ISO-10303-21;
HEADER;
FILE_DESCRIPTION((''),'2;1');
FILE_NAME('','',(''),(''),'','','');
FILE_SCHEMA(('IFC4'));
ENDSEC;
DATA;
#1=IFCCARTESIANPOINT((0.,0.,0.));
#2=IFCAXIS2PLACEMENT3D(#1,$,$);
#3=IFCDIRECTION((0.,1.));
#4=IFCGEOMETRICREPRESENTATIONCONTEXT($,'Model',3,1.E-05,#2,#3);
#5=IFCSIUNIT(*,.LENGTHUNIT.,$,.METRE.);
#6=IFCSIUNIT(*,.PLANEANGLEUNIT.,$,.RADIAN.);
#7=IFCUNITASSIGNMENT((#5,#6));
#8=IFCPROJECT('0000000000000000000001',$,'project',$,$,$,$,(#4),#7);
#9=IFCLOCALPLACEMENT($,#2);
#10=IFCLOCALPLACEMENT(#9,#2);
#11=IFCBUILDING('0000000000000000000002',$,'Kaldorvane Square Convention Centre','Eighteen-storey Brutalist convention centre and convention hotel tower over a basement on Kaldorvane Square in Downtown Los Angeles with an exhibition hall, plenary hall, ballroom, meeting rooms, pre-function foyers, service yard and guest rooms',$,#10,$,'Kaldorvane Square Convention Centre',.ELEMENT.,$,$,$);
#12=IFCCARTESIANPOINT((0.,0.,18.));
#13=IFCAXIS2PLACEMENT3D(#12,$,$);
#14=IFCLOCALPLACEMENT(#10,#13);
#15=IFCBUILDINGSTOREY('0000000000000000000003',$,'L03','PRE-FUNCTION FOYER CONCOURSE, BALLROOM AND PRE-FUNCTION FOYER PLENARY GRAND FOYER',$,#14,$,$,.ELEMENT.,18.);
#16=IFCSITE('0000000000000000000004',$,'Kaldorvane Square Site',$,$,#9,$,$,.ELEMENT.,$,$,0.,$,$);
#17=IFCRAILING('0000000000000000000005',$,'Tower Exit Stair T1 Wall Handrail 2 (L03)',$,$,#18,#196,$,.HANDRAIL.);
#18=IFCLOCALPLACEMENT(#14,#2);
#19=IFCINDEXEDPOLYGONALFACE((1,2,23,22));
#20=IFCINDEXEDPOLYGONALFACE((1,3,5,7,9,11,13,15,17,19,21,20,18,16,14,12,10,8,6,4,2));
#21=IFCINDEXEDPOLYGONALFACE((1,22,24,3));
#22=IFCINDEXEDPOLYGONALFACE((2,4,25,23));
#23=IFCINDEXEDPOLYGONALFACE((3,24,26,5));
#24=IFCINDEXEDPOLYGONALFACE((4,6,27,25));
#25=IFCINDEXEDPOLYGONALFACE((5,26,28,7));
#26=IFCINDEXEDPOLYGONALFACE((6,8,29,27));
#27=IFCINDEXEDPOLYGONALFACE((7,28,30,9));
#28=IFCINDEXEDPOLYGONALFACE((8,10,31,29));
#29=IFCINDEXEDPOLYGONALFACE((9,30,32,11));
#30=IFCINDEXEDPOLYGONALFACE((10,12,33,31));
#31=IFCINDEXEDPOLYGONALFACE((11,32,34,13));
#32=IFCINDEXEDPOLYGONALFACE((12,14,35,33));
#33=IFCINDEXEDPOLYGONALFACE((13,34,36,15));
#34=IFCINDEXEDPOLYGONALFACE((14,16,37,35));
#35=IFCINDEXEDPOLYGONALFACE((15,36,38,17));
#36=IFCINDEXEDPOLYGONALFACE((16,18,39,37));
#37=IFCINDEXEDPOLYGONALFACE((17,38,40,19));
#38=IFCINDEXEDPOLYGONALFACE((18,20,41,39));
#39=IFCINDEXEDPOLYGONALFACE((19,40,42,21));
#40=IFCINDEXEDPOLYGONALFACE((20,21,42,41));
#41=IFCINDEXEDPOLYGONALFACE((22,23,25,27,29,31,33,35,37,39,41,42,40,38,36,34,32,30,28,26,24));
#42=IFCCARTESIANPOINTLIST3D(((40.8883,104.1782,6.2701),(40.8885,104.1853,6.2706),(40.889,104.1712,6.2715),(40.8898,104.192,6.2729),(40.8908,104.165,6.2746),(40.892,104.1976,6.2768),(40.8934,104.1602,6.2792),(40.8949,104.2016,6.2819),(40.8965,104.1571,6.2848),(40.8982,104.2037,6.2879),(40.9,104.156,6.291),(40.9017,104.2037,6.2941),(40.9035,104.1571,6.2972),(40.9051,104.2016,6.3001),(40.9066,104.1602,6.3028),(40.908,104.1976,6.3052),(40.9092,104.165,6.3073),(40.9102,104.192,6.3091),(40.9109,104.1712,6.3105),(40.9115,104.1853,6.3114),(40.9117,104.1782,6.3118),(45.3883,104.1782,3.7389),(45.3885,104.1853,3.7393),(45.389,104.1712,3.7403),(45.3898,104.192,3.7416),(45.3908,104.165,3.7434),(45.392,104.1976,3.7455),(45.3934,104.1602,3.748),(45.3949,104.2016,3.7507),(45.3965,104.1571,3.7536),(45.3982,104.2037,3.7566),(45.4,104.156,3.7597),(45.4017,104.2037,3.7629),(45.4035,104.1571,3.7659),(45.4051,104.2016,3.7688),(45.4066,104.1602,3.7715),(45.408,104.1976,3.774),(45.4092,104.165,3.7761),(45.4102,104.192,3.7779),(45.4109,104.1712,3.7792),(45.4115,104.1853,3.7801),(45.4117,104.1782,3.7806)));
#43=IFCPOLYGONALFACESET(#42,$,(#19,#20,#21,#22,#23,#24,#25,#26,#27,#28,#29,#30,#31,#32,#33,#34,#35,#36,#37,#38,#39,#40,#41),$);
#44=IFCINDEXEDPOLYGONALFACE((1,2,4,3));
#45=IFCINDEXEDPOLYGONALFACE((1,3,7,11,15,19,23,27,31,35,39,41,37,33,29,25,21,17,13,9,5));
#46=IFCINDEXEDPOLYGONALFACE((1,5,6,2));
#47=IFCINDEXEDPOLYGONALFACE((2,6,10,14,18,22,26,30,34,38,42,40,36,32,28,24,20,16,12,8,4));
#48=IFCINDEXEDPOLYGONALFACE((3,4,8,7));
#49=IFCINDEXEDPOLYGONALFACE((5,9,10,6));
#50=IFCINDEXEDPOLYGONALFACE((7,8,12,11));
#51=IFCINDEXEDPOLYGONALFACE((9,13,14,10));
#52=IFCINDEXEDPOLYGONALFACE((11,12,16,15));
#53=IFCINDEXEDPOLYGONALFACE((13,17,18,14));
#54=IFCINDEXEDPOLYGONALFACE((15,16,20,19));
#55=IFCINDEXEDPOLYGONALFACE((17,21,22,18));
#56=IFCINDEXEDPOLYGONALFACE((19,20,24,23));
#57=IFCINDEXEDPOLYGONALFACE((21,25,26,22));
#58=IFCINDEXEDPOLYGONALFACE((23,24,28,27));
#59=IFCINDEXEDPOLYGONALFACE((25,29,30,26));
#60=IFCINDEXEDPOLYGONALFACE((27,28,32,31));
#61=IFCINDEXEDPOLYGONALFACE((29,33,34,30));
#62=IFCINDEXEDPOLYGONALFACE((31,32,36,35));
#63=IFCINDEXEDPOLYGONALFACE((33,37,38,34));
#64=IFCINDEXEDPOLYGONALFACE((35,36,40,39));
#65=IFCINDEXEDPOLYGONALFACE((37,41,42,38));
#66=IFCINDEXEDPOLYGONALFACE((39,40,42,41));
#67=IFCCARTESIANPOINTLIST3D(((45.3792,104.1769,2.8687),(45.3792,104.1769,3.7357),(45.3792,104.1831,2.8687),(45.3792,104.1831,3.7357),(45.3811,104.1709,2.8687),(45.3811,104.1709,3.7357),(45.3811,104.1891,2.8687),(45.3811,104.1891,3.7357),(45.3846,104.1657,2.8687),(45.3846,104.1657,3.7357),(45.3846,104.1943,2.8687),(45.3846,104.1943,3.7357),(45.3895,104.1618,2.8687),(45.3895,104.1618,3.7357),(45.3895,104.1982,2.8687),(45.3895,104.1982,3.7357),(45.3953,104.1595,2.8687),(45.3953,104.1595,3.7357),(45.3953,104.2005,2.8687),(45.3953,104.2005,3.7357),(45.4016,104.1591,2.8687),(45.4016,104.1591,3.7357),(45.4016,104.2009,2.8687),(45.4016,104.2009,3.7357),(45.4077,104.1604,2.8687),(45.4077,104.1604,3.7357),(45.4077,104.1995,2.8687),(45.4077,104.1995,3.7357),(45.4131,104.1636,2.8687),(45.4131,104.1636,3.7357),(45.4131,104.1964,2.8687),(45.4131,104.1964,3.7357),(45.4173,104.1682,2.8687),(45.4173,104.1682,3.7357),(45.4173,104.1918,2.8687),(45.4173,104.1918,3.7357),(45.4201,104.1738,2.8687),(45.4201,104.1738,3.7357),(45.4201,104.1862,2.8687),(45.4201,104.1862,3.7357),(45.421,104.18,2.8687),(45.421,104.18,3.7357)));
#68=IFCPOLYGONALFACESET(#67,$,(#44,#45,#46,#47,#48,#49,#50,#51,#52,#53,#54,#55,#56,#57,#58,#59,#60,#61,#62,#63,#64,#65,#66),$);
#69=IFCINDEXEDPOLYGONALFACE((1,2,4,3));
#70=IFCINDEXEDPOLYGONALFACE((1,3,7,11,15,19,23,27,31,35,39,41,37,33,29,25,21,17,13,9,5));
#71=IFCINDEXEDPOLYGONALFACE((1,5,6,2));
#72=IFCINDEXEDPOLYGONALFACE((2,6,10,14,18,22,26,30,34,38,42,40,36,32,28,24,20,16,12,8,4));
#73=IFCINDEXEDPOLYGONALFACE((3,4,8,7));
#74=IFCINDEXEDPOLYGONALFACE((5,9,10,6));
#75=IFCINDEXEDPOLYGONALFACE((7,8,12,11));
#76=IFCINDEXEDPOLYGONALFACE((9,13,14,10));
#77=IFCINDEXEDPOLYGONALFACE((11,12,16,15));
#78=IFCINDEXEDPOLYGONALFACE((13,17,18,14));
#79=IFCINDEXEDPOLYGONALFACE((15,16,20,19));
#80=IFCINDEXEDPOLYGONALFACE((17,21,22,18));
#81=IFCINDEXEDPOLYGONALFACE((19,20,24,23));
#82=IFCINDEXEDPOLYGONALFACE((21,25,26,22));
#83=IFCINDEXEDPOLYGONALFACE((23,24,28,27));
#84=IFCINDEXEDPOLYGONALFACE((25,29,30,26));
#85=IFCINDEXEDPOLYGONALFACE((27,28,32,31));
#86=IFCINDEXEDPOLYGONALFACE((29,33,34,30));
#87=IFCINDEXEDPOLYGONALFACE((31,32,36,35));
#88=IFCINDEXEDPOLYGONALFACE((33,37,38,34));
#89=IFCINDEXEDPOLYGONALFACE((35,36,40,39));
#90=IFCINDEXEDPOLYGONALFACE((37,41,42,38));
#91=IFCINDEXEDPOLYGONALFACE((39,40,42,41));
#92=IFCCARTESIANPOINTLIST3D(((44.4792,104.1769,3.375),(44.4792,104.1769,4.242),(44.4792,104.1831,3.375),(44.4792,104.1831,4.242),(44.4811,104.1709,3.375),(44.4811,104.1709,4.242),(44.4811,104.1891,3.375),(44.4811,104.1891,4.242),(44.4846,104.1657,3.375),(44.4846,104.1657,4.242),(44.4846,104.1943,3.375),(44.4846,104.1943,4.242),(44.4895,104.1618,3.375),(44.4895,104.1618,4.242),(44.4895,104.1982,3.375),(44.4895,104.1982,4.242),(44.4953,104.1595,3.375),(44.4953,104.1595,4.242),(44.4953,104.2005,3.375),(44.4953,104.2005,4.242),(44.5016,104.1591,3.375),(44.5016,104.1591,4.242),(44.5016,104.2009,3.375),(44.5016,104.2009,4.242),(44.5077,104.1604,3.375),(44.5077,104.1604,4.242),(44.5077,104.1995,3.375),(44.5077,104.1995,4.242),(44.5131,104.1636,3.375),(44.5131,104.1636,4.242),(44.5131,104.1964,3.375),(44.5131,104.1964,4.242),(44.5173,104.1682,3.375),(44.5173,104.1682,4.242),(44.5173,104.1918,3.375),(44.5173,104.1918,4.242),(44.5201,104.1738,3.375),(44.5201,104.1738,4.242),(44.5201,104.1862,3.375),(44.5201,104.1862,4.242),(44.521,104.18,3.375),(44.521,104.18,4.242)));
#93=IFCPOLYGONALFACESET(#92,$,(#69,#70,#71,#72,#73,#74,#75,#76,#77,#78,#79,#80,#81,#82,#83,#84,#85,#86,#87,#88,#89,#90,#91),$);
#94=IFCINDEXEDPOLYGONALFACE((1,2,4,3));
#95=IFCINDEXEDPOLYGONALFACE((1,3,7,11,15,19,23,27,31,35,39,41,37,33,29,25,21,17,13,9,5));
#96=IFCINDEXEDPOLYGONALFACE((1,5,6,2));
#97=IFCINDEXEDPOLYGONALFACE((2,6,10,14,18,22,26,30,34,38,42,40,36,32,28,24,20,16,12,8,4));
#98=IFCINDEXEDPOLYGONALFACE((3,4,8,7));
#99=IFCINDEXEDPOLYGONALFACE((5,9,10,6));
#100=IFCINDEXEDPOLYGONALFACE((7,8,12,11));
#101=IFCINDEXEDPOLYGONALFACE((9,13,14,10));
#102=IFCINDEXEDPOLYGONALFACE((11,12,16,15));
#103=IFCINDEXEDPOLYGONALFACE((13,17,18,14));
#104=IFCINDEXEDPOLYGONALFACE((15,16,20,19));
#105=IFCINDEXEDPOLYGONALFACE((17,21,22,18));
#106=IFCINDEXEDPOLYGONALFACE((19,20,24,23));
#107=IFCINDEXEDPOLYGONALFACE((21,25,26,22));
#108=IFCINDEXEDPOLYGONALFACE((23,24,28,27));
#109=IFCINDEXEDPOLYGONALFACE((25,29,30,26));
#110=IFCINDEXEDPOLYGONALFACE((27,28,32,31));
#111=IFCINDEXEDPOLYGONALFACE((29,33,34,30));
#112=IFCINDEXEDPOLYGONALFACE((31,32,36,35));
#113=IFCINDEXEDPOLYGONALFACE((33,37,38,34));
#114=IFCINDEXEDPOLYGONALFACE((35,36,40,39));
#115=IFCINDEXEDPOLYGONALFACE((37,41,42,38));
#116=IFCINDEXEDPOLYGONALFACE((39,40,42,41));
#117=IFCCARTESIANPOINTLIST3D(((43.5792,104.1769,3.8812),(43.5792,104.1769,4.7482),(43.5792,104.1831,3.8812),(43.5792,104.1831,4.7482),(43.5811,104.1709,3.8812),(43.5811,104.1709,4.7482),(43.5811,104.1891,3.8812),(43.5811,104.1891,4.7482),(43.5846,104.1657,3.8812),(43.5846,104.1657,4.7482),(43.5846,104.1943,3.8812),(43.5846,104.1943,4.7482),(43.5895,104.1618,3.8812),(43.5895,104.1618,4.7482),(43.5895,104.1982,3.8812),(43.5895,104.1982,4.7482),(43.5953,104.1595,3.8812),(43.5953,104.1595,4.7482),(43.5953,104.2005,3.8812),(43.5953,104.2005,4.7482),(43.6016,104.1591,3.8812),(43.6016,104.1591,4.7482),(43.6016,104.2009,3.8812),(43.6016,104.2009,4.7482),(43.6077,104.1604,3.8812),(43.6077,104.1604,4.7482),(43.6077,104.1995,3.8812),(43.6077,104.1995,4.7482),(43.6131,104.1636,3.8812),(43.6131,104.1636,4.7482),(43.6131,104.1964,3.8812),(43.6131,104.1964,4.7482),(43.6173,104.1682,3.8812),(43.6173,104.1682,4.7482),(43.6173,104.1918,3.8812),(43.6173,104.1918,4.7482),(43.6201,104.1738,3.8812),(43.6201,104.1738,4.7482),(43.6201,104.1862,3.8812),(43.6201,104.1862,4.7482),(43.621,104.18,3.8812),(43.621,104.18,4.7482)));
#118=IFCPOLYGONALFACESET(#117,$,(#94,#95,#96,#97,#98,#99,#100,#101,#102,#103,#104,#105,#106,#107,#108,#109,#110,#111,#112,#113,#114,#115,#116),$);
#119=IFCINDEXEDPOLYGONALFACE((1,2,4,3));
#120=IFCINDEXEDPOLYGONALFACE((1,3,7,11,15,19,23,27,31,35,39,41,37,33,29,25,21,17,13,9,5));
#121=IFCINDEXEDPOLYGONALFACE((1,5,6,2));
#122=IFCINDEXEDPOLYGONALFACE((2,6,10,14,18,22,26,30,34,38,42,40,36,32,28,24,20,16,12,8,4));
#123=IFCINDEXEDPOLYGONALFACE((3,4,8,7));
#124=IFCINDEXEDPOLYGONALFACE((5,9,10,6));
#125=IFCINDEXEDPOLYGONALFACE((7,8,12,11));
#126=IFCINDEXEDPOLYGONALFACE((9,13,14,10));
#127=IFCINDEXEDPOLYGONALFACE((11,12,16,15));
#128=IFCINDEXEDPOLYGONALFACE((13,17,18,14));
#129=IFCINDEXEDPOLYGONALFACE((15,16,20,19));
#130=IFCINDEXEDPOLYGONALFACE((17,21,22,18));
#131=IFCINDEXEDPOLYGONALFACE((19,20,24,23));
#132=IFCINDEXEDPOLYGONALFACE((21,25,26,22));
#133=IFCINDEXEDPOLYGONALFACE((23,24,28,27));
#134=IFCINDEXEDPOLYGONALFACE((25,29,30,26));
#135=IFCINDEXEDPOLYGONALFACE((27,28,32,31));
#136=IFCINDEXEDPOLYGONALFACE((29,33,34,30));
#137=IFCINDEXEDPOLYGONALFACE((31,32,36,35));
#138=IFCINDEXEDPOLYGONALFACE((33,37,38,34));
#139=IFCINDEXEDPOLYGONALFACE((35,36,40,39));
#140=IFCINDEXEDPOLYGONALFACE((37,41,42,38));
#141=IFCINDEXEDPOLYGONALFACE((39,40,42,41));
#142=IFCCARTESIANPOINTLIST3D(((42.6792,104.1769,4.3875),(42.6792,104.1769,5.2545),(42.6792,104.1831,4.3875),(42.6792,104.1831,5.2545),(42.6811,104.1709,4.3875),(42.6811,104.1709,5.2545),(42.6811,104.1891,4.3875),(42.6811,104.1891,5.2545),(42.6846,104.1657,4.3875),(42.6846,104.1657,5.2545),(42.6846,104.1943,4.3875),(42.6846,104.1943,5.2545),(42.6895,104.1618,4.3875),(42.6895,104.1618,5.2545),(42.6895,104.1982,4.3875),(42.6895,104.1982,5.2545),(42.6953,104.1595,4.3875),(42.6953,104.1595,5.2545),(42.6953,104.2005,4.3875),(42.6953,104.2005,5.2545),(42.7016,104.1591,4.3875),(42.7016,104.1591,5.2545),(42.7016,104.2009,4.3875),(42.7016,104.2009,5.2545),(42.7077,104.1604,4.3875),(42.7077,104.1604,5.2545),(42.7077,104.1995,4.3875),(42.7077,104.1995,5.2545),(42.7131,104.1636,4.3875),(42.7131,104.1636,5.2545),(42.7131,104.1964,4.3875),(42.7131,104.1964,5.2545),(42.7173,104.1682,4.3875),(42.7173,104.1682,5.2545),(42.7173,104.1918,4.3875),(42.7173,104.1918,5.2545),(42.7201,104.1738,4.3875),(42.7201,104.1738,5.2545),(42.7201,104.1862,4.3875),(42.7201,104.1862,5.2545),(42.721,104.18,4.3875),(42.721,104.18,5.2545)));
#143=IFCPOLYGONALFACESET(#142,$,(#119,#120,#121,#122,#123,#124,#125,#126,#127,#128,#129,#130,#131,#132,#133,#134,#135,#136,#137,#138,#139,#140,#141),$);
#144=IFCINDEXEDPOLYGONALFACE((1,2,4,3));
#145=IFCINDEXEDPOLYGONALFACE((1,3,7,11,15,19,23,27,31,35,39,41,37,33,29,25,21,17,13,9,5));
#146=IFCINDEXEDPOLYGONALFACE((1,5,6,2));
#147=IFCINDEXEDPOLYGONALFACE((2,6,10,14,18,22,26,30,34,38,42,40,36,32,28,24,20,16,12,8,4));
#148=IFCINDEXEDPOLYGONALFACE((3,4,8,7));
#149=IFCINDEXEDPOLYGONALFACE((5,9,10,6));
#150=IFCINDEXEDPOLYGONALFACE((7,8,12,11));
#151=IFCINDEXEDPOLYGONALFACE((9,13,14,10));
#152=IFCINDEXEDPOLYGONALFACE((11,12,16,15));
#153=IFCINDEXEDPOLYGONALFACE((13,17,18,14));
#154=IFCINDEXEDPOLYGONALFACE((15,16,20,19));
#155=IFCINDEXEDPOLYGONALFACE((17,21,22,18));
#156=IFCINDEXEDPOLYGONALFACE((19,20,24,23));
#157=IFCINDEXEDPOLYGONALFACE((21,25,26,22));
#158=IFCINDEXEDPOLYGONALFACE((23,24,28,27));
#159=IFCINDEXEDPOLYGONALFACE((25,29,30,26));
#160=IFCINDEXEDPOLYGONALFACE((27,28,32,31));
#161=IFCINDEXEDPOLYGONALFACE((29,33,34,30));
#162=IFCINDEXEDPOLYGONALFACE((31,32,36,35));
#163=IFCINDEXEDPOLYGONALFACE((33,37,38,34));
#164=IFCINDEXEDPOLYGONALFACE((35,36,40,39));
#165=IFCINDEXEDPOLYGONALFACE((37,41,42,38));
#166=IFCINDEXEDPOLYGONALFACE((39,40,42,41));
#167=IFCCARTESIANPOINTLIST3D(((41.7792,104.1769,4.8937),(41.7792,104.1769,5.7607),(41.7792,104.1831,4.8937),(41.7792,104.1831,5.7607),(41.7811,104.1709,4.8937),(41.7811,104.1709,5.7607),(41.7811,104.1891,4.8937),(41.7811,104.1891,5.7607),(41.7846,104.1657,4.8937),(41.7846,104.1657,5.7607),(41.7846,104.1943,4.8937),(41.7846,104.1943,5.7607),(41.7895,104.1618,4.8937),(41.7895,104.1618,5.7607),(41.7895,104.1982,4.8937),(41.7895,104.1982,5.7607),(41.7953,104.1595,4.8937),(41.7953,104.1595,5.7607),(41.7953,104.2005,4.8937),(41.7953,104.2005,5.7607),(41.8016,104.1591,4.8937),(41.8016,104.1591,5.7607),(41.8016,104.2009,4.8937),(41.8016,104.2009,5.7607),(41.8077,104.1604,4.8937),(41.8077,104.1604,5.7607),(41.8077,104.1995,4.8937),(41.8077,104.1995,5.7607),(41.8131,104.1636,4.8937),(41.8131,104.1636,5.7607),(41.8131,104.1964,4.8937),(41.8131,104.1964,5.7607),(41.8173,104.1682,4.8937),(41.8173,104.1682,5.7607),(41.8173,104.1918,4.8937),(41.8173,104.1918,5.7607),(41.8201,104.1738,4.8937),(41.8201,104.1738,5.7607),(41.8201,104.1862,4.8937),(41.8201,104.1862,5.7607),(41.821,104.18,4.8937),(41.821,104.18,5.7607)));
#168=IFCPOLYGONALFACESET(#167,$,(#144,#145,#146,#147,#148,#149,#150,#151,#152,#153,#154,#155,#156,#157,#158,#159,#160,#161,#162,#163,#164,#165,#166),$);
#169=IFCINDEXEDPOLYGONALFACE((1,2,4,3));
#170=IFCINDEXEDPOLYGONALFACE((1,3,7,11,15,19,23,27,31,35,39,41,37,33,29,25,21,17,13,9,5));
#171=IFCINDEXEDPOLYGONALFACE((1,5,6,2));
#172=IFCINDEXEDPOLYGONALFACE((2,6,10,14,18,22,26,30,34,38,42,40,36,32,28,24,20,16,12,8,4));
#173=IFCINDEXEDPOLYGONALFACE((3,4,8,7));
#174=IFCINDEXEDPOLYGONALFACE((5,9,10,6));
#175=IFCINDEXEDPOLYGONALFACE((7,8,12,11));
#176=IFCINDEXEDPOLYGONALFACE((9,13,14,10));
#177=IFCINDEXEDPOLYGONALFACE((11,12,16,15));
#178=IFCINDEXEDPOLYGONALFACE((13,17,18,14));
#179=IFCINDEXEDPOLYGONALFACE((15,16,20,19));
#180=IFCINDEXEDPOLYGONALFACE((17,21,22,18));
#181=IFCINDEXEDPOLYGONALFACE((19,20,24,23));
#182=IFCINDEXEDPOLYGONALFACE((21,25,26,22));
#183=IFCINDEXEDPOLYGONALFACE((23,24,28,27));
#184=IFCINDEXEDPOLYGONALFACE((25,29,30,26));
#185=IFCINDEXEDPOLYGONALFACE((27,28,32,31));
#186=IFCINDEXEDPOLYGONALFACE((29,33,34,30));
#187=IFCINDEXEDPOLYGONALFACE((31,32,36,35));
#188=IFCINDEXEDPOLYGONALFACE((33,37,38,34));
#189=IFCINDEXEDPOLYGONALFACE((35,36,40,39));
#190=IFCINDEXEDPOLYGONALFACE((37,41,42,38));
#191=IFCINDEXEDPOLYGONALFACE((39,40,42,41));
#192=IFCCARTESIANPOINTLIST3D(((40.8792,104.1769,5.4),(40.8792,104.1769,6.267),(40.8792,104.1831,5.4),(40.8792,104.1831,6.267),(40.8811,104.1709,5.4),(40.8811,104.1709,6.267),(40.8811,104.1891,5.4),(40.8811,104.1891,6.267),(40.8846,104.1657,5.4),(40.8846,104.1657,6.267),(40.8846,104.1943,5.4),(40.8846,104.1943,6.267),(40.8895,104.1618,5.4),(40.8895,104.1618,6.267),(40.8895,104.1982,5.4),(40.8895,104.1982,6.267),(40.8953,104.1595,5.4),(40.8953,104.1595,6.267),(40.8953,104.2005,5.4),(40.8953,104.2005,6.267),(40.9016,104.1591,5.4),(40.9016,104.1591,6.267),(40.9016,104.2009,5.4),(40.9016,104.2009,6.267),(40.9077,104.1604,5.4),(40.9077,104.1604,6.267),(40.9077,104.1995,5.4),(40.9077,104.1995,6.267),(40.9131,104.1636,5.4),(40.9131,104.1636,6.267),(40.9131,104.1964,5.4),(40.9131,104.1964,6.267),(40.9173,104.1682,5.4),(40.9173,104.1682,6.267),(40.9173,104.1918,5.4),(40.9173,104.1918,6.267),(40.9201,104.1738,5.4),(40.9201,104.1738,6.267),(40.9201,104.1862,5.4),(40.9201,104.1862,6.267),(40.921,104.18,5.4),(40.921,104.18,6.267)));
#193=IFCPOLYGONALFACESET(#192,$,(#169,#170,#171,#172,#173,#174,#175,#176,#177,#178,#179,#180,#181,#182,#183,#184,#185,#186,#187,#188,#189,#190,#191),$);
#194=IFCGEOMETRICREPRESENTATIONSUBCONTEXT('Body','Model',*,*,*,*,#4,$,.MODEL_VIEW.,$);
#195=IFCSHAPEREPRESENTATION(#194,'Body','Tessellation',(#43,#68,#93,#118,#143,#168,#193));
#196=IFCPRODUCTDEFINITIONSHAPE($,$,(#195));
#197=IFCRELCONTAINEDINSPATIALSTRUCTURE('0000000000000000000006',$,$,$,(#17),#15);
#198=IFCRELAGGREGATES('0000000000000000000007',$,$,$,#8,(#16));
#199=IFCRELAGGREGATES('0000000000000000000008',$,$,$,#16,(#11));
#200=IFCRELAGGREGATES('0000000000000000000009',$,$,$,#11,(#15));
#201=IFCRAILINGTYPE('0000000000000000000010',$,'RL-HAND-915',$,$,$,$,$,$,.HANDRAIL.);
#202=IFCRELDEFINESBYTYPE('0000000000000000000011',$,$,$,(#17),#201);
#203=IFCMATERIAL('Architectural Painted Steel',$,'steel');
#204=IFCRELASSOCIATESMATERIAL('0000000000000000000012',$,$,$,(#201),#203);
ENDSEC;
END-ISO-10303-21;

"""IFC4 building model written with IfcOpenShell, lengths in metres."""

from ifc_helpers import new_model, si_unit, direction, frame, origin, origin_2d, place, context, subcontext, project, spatial, circle, extrude, material, type_object, element, save


model = new_model("IFC4")

# Units and contexts
model_context = context("Model", 3, precision=1e-05, world=origin(), true_north=direction((0.0, 1.0)))
body_context = subcontext(model_context, "Body", "Model", "MODEL_VIEW")
ifc_project = project(units=[si_unit("LENGTHUNIT", "METRE"), si_unit("PLANEANGLEUNIT", "RADIAN")], contexts=[model_context])

# Site, building, storey
site_placement = place(None, origin())
site = spatial("IfcSite", under=ifc_project, at=site_placement, Name="Kaldorvane Square Site", CompositionType="ELEMENT", RefElevation=0.0)
building_placement = place(site_placement, origin())
building = spatial("IfcBuilding", under=site, at=building_placement, Name="Kaldorvane Square Convention Centre", Description="Eighteen-storey Brutalist convention centre and convention hotel tower over a basement on Kaldorvane Square in Downtown Los Angeles with an exhibition hall, plenary hall, ballroom, meeting rooms, pre-function foyers, service yard and guest rooms", LongName="Kaldorvane Square Convention Centre", CompositionType="ELEMENT")
storey_placement = place(building_placement, frame((0.0, 0.0, 18.0)))
storey = spatial("IfcBuildingStorey", under=building, at=storey_placement, Name="L03", Description="PRE-FUNCTION FOYER CONCOURSE, BALLROOM AND PRE-FUNCTION FOYER PLENARY GRAND FOYER", CompositionType="ELEMENT", Elevation=18.0)

# Railing
ifc_material_1 = material(Name="Architectural Painted Steel", Category="steel")
railing_type_1 = type_object("IfcRailingType", Name="RL-HAND-915", PredefinedType="HANDRAIL", material=ifc_material_1)
railing_1_placement = place(storey_placement, frame((45.4, 104.18, 2.8687)))
element("IfcRailing", 1, at=railing_1_placement, inside=storey, type_object=railing_type_1, Name="Tower Exit Stair T1 Wall Handrail 2 (L03)", PredefinedType="HANDRAIL", context=body_context, shape_type="SweptSolid", body=[
    extrude(circle(Radius=0.024, at=origin_2d()), frame((0.0, 0.0, 0.891), z_axis=(-0.871576, 0.0, 0.490261), x_axis=(0.0, -1.0, 0.0)), (0.0, 0.0, 1.0), 5.1631),
    extrude(circle(Radius=0.021, at=origin_2d()), origin(), (0.0, 0.0, 1.0), 0.867),
    extrude(circle(Radius=0.021, at=origin_2d()), frame((-0.9, 0.0, 0.5063)), (0.0, 0.0, 1.0), 0.867),
    extrude(circle(Radius=0.021, at=origin_2d()), frame((-1.8, 0.0, 1.0125)), (0.0, 0.0, 1.0), 0.867),
    extrude(circle(Radius=0.021, at=origin_2d()), frame((-2.7, 0.0, 1.5188)), (0.0, 0.0, 1.0), 0.867),
    extrude(circle(Radius=0.021, at=origin_2d()), frame((-3.6, 0.0, 2.025)), (0.0, 0.0, 1.0), 0.867),
    extrude(circle(Radius=0.021, at=origin_2d()), frame((-4.5, 0.0, 2.5312)), (0.0, 0.0, 1.0), 0.867),
])

save(model, "model.ifc")
